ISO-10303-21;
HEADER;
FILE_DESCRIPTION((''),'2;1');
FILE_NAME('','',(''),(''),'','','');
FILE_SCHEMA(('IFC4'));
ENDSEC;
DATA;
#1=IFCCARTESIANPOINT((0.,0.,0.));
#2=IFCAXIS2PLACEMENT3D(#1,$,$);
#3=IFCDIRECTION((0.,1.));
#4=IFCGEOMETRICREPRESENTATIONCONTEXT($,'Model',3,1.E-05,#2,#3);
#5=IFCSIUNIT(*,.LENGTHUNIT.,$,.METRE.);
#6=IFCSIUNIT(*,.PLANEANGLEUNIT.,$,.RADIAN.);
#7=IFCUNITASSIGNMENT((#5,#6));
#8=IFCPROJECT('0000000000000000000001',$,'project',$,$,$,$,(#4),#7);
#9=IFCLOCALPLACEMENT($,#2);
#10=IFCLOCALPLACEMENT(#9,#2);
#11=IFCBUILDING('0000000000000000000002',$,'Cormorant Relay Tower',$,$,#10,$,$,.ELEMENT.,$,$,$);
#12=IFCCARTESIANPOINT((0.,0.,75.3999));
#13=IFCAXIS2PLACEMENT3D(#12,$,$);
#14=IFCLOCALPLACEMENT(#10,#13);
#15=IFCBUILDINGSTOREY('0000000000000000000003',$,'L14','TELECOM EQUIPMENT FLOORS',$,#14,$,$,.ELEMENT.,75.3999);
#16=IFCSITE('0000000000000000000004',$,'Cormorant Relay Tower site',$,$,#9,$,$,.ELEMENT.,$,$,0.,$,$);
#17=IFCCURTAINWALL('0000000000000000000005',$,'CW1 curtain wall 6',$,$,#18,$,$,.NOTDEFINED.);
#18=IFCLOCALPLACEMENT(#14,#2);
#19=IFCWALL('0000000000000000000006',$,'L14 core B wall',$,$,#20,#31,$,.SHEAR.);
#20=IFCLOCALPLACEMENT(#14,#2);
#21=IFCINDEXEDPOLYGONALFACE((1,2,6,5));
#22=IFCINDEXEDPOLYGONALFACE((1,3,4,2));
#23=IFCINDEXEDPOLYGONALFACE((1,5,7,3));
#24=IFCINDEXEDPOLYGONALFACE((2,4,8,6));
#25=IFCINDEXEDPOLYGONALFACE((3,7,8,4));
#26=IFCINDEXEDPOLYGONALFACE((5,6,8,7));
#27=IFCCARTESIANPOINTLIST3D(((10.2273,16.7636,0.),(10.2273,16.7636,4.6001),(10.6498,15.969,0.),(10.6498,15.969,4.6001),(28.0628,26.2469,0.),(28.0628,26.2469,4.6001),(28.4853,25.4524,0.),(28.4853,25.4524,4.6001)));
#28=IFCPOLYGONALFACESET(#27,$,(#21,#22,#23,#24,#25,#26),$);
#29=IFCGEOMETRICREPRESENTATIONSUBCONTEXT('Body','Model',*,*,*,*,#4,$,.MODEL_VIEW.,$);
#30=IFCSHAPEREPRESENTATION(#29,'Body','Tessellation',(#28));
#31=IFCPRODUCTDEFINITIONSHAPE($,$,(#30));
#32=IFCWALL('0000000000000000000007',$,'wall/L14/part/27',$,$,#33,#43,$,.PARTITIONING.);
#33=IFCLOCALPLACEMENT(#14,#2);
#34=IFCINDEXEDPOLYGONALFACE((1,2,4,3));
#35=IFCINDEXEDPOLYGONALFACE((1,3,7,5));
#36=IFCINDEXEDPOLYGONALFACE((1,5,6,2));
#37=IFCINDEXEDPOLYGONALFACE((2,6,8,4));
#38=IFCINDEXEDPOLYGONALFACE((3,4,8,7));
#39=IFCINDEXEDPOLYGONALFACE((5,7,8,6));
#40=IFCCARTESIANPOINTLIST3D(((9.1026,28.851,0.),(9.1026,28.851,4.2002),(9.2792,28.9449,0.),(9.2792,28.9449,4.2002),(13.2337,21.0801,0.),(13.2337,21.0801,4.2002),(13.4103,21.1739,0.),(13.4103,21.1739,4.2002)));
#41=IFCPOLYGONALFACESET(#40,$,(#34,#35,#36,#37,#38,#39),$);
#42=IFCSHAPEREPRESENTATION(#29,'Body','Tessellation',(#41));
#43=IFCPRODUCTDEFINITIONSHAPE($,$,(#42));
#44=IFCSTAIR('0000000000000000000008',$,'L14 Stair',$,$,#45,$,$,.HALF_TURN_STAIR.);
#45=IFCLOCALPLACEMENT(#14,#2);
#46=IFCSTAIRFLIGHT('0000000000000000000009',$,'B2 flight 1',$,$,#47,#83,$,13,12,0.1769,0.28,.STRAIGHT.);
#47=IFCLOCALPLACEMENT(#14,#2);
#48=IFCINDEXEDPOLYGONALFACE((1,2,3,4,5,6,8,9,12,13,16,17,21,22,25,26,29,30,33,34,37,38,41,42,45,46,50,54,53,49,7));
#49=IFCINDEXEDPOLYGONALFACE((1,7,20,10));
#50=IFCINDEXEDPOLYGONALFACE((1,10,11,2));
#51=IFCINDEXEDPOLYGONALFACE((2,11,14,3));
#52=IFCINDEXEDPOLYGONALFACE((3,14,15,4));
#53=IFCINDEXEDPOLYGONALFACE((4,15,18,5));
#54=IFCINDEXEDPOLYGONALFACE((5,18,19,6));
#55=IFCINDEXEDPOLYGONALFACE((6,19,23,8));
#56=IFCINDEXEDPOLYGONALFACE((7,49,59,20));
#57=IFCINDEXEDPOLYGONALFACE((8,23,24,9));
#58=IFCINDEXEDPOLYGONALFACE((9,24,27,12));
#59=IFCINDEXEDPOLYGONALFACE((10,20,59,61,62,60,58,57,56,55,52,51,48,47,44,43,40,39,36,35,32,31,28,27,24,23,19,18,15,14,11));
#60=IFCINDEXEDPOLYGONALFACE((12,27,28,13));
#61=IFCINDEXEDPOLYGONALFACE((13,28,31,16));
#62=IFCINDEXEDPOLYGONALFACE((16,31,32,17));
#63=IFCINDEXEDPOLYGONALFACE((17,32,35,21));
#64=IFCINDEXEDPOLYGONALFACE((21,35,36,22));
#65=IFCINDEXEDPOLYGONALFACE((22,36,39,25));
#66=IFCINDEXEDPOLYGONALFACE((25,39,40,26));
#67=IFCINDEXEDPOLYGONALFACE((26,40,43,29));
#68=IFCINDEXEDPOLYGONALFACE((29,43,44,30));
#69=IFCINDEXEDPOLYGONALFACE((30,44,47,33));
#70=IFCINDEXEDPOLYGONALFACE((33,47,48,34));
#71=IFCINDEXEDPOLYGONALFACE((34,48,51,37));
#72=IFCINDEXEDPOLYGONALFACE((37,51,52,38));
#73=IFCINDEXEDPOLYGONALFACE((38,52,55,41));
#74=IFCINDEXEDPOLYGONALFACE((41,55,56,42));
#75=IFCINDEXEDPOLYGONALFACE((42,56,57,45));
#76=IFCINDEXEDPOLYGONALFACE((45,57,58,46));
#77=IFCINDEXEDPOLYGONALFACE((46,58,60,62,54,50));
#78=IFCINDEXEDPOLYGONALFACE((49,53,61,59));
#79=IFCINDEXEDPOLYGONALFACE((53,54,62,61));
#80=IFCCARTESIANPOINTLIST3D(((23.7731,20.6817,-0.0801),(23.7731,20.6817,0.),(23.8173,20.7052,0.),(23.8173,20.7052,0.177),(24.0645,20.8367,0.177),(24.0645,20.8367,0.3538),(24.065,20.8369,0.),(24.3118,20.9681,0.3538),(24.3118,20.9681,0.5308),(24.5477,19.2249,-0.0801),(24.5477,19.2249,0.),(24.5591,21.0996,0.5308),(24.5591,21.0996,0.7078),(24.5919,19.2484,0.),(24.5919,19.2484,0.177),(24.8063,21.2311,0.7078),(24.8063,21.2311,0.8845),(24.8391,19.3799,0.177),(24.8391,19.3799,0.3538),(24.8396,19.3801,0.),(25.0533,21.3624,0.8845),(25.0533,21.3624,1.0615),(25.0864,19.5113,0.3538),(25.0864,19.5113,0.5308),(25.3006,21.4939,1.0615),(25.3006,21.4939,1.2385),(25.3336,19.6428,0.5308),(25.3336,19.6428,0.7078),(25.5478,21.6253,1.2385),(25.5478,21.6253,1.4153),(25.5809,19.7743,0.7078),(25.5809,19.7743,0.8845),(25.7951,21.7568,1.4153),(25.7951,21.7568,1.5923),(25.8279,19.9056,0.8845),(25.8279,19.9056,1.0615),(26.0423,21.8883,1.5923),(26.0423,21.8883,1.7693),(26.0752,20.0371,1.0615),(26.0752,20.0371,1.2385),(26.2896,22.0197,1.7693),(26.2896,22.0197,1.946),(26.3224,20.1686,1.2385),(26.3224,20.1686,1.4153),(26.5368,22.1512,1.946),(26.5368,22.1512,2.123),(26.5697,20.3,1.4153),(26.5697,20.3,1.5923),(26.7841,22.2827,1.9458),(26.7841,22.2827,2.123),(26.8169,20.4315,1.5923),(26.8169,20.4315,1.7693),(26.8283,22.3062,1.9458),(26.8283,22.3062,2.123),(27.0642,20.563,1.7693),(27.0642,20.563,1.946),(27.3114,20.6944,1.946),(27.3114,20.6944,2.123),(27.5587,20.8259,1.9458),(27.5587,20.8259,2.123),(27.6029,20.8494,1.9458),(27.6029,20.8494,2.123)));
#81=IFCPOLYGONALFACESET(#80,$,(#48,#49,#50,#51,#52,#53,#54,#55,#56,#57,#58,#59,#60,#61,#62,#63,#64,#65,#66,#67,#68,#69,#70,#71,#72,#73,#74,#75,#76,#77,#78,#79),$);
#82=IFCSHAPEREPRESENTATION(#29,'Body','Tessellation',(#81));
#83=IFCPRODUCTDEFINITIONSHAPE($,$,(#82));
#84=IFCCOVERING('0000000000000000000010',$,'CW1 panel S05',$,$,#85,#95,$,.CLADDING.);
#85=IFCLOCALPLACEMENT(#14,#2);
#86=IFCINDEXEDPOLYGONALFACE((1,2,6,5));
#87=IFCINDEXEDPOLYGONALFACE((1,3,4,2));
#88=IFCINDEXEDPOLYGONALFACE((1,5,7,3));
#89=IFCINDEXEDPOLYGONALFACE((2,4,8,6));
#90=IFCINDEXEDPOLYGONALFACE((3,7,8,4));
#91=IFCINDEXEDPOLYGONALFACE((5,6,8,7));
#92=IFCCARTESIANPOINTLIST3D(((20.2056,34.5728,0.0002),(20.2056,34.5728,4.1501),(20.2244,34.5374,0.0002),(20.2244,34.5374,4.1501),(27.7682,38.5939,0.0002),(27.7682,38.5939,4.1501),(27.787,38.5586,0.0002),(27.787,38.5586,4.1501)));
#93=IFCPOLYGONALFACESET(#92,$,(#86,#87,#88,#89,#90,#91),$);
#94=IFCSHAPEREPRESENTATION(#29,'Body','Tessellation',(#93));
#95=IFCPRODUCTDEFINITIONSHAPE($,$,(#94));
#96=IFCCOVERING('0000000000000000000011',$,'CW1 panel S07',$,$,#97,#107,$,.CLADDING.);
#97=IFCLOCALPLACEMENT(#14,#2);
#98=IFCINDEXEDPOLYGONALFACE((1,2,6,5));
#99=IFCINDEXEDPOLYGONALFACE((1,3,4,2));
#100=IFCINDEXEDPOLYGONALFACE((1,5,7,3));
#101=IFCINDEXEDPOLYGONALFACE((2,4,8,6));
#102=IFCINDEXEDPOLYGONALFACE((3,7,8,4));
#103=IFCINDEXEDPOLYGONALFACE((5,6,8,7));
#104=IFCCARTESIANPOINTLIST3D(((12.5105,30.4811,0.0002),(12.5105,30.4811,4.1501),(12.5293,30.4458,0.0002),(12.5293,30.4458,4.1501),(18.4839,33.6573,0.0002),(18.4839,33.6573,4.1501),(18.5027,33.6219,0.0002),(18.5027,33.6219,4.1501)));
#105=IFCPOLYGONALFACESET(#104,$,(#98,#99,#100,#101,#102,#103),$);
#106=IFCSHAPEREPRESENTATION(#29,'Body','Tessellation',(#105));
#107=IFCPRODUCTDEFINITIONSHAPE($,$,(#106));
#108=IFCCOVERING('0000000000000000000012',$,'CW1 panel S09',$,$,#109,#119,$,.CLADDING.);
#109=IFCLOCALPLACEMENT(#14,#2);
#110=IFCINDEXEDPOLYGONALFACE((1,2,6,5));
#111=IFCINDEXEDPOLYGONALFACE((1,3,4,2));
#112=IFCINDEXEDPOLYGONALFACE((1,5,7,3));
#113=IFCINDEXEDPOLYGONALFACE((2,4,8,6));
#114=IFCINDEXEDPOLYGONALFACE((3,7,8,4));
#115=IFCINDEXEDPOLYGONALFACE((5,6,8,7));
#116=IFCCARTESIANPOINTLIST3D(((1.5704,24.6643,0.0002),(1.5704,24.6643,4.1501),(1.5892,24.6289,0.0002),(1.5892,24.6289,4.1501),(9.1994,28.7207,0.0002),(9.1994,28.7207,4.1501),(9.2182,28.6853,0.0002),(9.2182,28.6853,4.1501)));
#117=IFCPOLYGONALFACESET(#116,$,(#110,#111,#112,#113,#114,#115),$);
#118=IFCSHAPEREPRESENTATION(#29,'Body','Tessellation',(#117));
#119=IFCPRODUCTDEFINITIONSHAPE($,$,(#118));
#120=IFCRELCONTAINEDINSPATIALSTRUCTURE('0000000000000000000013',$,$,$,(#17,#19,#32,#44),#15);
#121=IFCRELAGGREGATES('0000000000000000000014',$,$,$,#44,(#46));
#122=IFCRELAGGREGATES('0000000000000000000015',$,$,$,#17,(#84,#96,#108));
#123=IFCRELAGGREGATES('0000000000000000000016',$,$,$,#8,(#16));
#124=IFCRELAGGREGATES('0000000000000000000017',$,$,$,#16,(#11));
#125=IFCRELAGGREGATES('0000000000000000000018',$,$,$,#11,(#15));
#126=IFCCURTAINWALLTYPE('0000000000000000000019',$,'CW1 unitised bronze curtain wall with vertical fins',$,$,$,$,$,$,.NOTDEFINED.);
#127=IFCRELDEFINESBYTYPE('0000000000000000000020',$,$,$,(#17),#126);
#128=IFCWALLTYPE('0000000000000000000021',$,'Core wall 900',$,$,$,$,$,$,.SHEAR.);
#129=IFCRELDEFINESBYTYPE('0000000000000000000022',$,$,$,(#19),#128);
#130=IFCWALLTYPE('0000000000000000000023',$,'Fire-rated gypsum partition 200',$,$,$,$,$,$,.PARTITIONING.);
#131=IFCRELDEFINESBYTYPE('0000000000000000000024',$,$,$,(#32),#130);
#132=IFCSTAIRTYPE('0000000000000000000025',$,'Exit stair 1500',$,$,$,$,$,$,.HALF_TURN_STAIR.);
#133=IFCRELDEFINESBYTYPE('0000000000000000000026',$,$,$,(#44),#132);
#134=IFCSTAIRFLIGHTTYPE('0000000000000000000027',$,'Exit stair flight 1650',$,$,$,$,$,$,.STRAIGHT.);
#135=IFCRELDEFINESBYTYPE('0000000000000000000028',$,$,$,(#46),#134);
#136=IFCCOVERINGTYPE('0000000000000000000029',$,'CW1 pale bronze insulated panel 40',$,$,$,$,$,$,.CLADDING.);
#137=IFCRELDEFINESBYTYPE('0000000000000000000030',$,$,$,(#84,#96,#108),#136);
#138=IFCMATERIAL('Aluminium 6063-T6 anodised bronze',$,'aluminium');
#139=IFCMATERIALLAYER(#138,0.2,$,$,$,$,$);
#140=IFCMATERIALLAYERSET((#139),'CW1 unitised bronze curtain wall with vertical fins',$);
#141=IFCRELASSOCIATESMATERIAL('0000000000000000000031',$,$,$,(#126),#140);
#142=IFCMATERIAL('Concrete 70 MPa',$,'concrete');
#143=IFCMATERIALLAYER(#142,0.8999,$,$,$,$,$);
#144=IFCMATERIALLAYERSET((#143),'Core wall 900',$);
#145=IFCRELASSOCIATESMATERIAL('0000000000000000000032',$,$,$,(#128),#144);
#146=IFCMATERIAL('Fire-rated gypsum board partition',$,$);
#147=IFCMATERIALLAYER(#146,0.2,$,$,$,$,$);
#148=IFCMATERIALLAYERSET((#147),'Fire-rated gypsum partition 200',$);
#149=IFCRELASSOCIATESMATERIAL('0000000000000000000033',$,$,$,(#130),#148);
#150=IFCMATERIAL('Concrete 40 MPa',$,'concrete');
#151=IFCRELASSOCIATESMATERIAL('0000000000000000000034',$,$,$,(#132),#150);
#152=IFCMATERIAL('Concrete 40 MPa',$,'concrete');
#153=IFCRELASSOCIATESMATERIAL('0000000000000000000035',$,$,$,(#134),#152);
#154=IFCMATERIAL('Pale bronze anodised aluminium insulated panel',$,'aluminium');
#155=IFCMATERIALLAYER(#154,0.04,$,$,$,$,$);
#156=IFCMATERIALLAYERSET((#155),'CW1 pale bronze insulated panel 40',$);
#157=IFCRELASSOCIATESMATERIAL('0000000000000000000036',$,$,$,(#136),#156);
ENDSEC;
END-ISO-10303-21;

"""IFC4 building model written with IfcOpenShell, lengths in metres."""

from ifc_helpers import new_model, si_unit, direction, frame, frame_2d, origin, origin_2d, place, context, subcontext, project, spatial, polyline, rectangle, outline, extrude, material, layer, layer_set, type_object, element, aggregate, save


model = new_model("IFC4")

# Units and contexts
model_context = context("Model", 3, precision=1e-05, world=origin(), true_north=direction((0.0, 1.0)))
body_context = subcontext(model_context, "Body", "Model", "MODEL_VIEW")
ifc_project = project(units=[si_unit("LENGTHUNIT", "METRE"), si_unit("PLANEANGLEUNIT", "RADIAN")], contexts=[model_context])

# Site, building, storey
site_placement = place(None, origin())
site = spatial("IfcSite", under=ifc_project, at=site_placement, Name="Cormorant Relay Tower site", CompositionType="ELEMENT", RefElevation=0.0)
building_placement = place(site_placement, origin())
building = spatial("IfcBuilding", under=site, at=building_placement, Name="Cormorant Relay Tower", CompositionType="ELEMENT")
storey_placement = place(building_placement, frame((0.0, 0.0, 75.3999)))
storey = spatial("IfcBuildingStorey", under=building, at=storey_placement, Name="L14", Description="TELECOM EQUIPMENT FLOORS", CompositionType="ELEMENT", Elevation=75.3999)

# Curtain wall
ifc_material_1 = material(Name="Aluminium 6063-T6 anodised bronze", Category="aluminium")
ifc_layer_1 = layer(ifc_material_1, 0.2)
ifc_layer_set_1 = layer_set([ifc_layer_1], Name="CW1 unitised bronze curtain wall with vertical fins")
curtain_wall_type = type_object("IfcCurtainWallType", Name="CW1 unitised bronze curtain wall with vertical fins", PredefinedType="NOTDEFINED", material=ifc_layer_set_1)
curtain_wall_1_placement = place(storey_placement, origin())
curtain_wall_1 = element("IfcCurtainWall", 1, at=curtain_wall_1_placement, inside=storey, type_object=curtain_wall_type, Name="CW1 curtain wall 6", PredefinedType="NOTDEFINED")

# Walls
ifc_material_2 = material(Name="Concrete 70 MPa", Category="concrete")
ifc_layer_2 = layer(ifc_material_2, 0.8999)
ifc_layer_set_2 = layer_set([ifc_layer_2], Name="Core wall 900")
wall_type_1 = type_object("IfcWallType", Name="Core wall 900", PredefinedType="SHEAR", material=ifc_layer_set_2)
wall_1_placement = place(storey_placement, frame((10.4385, 16.3662, 0.0), z_axis=(0.0, 0.0, 1.0), x_axis=(0.882945, 0.469476, 0.0)))
element("IfcWall", 2, at=wall_1_placement, inside=storey, type_object=wall_type_1, Name="L14 core B wall", PredefinedType="SHEAR", context=body_context, shape_type="SweptSolid", body=[
    extrude(rectangle(XDim=20.2, YDim=0.8999, at=frame_2d((10.1001, 0.0))), origin(), (0.0, 0.0, 1.0), 4.6001),
])
ifc_material_3 = material(Name="Fire-rated gypsum board partition")
ifc_layer_3 = layer(ifc_material_3, 0.2)
ifc_layer_set_3 = layer_set([ifc_layer_3], Name="Fire-rated gypsum partition 200")
wall_type_2 = type_object("IfcWallType", Name="Fire-rated gypsum partition 200", PredefinedType="PARTITIONING", material=ifc_layer_set_3)
wall_2_placement = place(storey_placement, frame((9.1909, 28.8979, 0.0), z_axis=(0.0, 0.0, 1.0), x_axis=(0.4694, -0.882986, 0.0)))
element("IfcWall", 3, at=wall_2_placement, inside=storey, type_object=wall_type_2, Name="wall/L14/part/27", PredefinedType="PARTITIONING", context=body_context, shape_type="SweptSolid", body=[
    extrude(rectangle(XDim=8.8008, YDim=0.2, at=frame_2d((4.4004, 0.0))), origin(), (0.0, 0.0, 1.0), 4.2002),
])

# Stair, stair flight
ifc_material_4 = material(Name="Concrete 40 MPa", Category="concrete")
stair_type = type_object("IfcStairType", Name="Exit stair 1500", PredefinedType="HALF_TURN_STAIR", material=ifc_material_4)
stair_placement = place(storey_placement, origin())
stair = element("IfcStair", 4, at=stair_placement, inside=storey, type_object=stair_type, Name="L14 Stair", PredefinedType="HALF_TURN_STAIR")
ifc_material_5 = material(Name="Concrete 40 MPa", Category="concrete")
stair_flight_type = type_object("IfcStairFlightType", Name="Exit stair flight 1650", PredefinedType="STRAIGHT", material=ifc_material_5)
stair_flight_placement = place(storey_placement, frame((24.2046, 19.9768, 0.0), z_axis=(0.0, 0.0, 1.0), x_axis=(0.882948, 0.469472, 0.0)))
stair_flight = element("IfcStairFlight", 5, at=stair_flight_placement, type_object=stair_flight_type, Name="B2 flight 1", NumberOfRisers=13, NumberOfTreads=12, PredefinedType="STRAIGHT", RiserHeight=0.1769, TreadLength=0.28, context=body_context, shape_type="SweptSolid", body=[
    extrude(outline(polyline([(-0.05, -0.0801), (-0.05, 0.0), (0.0, 0.0), (0.0, 0.177), (0.28, 0.177), (0.28, 0.3538), (0.5601, 0.3538), (0.5601, 0.5308), (0.8401, 0.5308), (0.8401, 0.7078), (1.1201, 0.7078), (1.1201, 0.8845), (1.3999, 0.8845), (1.3999, 1.0615), (1.6799, 1.0615), (1.6799, 1.2385), (1.96, 1.2385), (1.96, 1.4153), (2.24, 1.4153), (2.24, 1.5923), (2.52, 1.5923), (2.52, 1.7693), (2.8, 1.7693), (2.8, 1.946), (3.0801, 1.946), (3.0801, 2.123), (3.3601, 2.123), (3.4102, 2.123), (3.4102, 1.9458), (3.3601, 1.9458), (0.2805, 0.0), (-0.05, -0.0801)])), frame((0.0, 0.825, 0.0), z_axis=(0.0, -1.0, 0.0), x_axis=(1.0, 0.0, 0.0)), (0.0, 0.0, 1.0), 1.6499),
])
aggregate(stair, [stair_flight])

# Coverings
ifc_material_6 = material(Name="Pale bronze anodised aluminium insulated panel", Category="aluminium")
ifc_layer_4 = layer(ifc_material_6, 0.04)
ifc_layer_set_4 = layer_set([ifc_layer_4], Name="CW1 pale bronze insulated panel 40")
covering_type = type_object("IfcCoveringType", Name="CW1 pale bronze insulated panel 40", PredefinedType="CLADDING", material=ifc_layer_set_4)
covering_1_placement = place(storey_placement, frame((23.9963, 36.5657, 0.0002), z_axis=(0.0, 0.0, 1.0), x_axis=(-0.882948, -0.469472, 0.0)))
covering_1 = element("IfcCovering", 6, at=covering_1_placement, type_object=covering_type, Name="CW1 panel S05", PredefinedType="CLADDING", context=body_context, shape_type="SweptSolid", body=[
    extrude(rectangle(XDim=8.5652, YDim=0.04, at=origin_2d()), origin(), (0.0, 0.0, 1.0), 4.1499),
])
covering_2_placement = place(storey_placement, frame((15.5066, 32.0515, 0.0002), z_axis=(0.0, 0.0, 1.0), x_axis=(-0.882948, -0.469472, 0.0)))
covering_2 = element("IfcCovering", 7, at=covering_2_placement, type_object=covering_type, Name="CW1 panel S07", PredefinedType="CLADDING", context=body_context, shape_type="SweptSolid", body=[
    extrude(rectangle(XDim=6.7654, YDim=0.04, at=origin_2d()), origin(), (0.0, 0.0, 1.0), 4.1499),
])
covering_3_placement = place(storey_placement, frame((5.3943, 26.6748, 0.0002), z_axis=(0.0, 0.0, 1.0), x_axis=(-0.882948, -0.469472, 0.0)))
covering_3 = element("IfcCovering", 8, at=covering_3_placement, type_object=covering_type, Name="CW1 panel S09", PredefinedType="CLADDING", context=body_context, shape_type="SweptSolid", body=[
    extrude(rectangle(XDim=8.6404, YDim=0.04, at=origin_2d()), origin(), (0.0, 0.0, 1.0), 4.1499),
])
aggregate(curtain_wall_1, [covering_1, covering_2, covering_3])

save(model, "model.ifc")
